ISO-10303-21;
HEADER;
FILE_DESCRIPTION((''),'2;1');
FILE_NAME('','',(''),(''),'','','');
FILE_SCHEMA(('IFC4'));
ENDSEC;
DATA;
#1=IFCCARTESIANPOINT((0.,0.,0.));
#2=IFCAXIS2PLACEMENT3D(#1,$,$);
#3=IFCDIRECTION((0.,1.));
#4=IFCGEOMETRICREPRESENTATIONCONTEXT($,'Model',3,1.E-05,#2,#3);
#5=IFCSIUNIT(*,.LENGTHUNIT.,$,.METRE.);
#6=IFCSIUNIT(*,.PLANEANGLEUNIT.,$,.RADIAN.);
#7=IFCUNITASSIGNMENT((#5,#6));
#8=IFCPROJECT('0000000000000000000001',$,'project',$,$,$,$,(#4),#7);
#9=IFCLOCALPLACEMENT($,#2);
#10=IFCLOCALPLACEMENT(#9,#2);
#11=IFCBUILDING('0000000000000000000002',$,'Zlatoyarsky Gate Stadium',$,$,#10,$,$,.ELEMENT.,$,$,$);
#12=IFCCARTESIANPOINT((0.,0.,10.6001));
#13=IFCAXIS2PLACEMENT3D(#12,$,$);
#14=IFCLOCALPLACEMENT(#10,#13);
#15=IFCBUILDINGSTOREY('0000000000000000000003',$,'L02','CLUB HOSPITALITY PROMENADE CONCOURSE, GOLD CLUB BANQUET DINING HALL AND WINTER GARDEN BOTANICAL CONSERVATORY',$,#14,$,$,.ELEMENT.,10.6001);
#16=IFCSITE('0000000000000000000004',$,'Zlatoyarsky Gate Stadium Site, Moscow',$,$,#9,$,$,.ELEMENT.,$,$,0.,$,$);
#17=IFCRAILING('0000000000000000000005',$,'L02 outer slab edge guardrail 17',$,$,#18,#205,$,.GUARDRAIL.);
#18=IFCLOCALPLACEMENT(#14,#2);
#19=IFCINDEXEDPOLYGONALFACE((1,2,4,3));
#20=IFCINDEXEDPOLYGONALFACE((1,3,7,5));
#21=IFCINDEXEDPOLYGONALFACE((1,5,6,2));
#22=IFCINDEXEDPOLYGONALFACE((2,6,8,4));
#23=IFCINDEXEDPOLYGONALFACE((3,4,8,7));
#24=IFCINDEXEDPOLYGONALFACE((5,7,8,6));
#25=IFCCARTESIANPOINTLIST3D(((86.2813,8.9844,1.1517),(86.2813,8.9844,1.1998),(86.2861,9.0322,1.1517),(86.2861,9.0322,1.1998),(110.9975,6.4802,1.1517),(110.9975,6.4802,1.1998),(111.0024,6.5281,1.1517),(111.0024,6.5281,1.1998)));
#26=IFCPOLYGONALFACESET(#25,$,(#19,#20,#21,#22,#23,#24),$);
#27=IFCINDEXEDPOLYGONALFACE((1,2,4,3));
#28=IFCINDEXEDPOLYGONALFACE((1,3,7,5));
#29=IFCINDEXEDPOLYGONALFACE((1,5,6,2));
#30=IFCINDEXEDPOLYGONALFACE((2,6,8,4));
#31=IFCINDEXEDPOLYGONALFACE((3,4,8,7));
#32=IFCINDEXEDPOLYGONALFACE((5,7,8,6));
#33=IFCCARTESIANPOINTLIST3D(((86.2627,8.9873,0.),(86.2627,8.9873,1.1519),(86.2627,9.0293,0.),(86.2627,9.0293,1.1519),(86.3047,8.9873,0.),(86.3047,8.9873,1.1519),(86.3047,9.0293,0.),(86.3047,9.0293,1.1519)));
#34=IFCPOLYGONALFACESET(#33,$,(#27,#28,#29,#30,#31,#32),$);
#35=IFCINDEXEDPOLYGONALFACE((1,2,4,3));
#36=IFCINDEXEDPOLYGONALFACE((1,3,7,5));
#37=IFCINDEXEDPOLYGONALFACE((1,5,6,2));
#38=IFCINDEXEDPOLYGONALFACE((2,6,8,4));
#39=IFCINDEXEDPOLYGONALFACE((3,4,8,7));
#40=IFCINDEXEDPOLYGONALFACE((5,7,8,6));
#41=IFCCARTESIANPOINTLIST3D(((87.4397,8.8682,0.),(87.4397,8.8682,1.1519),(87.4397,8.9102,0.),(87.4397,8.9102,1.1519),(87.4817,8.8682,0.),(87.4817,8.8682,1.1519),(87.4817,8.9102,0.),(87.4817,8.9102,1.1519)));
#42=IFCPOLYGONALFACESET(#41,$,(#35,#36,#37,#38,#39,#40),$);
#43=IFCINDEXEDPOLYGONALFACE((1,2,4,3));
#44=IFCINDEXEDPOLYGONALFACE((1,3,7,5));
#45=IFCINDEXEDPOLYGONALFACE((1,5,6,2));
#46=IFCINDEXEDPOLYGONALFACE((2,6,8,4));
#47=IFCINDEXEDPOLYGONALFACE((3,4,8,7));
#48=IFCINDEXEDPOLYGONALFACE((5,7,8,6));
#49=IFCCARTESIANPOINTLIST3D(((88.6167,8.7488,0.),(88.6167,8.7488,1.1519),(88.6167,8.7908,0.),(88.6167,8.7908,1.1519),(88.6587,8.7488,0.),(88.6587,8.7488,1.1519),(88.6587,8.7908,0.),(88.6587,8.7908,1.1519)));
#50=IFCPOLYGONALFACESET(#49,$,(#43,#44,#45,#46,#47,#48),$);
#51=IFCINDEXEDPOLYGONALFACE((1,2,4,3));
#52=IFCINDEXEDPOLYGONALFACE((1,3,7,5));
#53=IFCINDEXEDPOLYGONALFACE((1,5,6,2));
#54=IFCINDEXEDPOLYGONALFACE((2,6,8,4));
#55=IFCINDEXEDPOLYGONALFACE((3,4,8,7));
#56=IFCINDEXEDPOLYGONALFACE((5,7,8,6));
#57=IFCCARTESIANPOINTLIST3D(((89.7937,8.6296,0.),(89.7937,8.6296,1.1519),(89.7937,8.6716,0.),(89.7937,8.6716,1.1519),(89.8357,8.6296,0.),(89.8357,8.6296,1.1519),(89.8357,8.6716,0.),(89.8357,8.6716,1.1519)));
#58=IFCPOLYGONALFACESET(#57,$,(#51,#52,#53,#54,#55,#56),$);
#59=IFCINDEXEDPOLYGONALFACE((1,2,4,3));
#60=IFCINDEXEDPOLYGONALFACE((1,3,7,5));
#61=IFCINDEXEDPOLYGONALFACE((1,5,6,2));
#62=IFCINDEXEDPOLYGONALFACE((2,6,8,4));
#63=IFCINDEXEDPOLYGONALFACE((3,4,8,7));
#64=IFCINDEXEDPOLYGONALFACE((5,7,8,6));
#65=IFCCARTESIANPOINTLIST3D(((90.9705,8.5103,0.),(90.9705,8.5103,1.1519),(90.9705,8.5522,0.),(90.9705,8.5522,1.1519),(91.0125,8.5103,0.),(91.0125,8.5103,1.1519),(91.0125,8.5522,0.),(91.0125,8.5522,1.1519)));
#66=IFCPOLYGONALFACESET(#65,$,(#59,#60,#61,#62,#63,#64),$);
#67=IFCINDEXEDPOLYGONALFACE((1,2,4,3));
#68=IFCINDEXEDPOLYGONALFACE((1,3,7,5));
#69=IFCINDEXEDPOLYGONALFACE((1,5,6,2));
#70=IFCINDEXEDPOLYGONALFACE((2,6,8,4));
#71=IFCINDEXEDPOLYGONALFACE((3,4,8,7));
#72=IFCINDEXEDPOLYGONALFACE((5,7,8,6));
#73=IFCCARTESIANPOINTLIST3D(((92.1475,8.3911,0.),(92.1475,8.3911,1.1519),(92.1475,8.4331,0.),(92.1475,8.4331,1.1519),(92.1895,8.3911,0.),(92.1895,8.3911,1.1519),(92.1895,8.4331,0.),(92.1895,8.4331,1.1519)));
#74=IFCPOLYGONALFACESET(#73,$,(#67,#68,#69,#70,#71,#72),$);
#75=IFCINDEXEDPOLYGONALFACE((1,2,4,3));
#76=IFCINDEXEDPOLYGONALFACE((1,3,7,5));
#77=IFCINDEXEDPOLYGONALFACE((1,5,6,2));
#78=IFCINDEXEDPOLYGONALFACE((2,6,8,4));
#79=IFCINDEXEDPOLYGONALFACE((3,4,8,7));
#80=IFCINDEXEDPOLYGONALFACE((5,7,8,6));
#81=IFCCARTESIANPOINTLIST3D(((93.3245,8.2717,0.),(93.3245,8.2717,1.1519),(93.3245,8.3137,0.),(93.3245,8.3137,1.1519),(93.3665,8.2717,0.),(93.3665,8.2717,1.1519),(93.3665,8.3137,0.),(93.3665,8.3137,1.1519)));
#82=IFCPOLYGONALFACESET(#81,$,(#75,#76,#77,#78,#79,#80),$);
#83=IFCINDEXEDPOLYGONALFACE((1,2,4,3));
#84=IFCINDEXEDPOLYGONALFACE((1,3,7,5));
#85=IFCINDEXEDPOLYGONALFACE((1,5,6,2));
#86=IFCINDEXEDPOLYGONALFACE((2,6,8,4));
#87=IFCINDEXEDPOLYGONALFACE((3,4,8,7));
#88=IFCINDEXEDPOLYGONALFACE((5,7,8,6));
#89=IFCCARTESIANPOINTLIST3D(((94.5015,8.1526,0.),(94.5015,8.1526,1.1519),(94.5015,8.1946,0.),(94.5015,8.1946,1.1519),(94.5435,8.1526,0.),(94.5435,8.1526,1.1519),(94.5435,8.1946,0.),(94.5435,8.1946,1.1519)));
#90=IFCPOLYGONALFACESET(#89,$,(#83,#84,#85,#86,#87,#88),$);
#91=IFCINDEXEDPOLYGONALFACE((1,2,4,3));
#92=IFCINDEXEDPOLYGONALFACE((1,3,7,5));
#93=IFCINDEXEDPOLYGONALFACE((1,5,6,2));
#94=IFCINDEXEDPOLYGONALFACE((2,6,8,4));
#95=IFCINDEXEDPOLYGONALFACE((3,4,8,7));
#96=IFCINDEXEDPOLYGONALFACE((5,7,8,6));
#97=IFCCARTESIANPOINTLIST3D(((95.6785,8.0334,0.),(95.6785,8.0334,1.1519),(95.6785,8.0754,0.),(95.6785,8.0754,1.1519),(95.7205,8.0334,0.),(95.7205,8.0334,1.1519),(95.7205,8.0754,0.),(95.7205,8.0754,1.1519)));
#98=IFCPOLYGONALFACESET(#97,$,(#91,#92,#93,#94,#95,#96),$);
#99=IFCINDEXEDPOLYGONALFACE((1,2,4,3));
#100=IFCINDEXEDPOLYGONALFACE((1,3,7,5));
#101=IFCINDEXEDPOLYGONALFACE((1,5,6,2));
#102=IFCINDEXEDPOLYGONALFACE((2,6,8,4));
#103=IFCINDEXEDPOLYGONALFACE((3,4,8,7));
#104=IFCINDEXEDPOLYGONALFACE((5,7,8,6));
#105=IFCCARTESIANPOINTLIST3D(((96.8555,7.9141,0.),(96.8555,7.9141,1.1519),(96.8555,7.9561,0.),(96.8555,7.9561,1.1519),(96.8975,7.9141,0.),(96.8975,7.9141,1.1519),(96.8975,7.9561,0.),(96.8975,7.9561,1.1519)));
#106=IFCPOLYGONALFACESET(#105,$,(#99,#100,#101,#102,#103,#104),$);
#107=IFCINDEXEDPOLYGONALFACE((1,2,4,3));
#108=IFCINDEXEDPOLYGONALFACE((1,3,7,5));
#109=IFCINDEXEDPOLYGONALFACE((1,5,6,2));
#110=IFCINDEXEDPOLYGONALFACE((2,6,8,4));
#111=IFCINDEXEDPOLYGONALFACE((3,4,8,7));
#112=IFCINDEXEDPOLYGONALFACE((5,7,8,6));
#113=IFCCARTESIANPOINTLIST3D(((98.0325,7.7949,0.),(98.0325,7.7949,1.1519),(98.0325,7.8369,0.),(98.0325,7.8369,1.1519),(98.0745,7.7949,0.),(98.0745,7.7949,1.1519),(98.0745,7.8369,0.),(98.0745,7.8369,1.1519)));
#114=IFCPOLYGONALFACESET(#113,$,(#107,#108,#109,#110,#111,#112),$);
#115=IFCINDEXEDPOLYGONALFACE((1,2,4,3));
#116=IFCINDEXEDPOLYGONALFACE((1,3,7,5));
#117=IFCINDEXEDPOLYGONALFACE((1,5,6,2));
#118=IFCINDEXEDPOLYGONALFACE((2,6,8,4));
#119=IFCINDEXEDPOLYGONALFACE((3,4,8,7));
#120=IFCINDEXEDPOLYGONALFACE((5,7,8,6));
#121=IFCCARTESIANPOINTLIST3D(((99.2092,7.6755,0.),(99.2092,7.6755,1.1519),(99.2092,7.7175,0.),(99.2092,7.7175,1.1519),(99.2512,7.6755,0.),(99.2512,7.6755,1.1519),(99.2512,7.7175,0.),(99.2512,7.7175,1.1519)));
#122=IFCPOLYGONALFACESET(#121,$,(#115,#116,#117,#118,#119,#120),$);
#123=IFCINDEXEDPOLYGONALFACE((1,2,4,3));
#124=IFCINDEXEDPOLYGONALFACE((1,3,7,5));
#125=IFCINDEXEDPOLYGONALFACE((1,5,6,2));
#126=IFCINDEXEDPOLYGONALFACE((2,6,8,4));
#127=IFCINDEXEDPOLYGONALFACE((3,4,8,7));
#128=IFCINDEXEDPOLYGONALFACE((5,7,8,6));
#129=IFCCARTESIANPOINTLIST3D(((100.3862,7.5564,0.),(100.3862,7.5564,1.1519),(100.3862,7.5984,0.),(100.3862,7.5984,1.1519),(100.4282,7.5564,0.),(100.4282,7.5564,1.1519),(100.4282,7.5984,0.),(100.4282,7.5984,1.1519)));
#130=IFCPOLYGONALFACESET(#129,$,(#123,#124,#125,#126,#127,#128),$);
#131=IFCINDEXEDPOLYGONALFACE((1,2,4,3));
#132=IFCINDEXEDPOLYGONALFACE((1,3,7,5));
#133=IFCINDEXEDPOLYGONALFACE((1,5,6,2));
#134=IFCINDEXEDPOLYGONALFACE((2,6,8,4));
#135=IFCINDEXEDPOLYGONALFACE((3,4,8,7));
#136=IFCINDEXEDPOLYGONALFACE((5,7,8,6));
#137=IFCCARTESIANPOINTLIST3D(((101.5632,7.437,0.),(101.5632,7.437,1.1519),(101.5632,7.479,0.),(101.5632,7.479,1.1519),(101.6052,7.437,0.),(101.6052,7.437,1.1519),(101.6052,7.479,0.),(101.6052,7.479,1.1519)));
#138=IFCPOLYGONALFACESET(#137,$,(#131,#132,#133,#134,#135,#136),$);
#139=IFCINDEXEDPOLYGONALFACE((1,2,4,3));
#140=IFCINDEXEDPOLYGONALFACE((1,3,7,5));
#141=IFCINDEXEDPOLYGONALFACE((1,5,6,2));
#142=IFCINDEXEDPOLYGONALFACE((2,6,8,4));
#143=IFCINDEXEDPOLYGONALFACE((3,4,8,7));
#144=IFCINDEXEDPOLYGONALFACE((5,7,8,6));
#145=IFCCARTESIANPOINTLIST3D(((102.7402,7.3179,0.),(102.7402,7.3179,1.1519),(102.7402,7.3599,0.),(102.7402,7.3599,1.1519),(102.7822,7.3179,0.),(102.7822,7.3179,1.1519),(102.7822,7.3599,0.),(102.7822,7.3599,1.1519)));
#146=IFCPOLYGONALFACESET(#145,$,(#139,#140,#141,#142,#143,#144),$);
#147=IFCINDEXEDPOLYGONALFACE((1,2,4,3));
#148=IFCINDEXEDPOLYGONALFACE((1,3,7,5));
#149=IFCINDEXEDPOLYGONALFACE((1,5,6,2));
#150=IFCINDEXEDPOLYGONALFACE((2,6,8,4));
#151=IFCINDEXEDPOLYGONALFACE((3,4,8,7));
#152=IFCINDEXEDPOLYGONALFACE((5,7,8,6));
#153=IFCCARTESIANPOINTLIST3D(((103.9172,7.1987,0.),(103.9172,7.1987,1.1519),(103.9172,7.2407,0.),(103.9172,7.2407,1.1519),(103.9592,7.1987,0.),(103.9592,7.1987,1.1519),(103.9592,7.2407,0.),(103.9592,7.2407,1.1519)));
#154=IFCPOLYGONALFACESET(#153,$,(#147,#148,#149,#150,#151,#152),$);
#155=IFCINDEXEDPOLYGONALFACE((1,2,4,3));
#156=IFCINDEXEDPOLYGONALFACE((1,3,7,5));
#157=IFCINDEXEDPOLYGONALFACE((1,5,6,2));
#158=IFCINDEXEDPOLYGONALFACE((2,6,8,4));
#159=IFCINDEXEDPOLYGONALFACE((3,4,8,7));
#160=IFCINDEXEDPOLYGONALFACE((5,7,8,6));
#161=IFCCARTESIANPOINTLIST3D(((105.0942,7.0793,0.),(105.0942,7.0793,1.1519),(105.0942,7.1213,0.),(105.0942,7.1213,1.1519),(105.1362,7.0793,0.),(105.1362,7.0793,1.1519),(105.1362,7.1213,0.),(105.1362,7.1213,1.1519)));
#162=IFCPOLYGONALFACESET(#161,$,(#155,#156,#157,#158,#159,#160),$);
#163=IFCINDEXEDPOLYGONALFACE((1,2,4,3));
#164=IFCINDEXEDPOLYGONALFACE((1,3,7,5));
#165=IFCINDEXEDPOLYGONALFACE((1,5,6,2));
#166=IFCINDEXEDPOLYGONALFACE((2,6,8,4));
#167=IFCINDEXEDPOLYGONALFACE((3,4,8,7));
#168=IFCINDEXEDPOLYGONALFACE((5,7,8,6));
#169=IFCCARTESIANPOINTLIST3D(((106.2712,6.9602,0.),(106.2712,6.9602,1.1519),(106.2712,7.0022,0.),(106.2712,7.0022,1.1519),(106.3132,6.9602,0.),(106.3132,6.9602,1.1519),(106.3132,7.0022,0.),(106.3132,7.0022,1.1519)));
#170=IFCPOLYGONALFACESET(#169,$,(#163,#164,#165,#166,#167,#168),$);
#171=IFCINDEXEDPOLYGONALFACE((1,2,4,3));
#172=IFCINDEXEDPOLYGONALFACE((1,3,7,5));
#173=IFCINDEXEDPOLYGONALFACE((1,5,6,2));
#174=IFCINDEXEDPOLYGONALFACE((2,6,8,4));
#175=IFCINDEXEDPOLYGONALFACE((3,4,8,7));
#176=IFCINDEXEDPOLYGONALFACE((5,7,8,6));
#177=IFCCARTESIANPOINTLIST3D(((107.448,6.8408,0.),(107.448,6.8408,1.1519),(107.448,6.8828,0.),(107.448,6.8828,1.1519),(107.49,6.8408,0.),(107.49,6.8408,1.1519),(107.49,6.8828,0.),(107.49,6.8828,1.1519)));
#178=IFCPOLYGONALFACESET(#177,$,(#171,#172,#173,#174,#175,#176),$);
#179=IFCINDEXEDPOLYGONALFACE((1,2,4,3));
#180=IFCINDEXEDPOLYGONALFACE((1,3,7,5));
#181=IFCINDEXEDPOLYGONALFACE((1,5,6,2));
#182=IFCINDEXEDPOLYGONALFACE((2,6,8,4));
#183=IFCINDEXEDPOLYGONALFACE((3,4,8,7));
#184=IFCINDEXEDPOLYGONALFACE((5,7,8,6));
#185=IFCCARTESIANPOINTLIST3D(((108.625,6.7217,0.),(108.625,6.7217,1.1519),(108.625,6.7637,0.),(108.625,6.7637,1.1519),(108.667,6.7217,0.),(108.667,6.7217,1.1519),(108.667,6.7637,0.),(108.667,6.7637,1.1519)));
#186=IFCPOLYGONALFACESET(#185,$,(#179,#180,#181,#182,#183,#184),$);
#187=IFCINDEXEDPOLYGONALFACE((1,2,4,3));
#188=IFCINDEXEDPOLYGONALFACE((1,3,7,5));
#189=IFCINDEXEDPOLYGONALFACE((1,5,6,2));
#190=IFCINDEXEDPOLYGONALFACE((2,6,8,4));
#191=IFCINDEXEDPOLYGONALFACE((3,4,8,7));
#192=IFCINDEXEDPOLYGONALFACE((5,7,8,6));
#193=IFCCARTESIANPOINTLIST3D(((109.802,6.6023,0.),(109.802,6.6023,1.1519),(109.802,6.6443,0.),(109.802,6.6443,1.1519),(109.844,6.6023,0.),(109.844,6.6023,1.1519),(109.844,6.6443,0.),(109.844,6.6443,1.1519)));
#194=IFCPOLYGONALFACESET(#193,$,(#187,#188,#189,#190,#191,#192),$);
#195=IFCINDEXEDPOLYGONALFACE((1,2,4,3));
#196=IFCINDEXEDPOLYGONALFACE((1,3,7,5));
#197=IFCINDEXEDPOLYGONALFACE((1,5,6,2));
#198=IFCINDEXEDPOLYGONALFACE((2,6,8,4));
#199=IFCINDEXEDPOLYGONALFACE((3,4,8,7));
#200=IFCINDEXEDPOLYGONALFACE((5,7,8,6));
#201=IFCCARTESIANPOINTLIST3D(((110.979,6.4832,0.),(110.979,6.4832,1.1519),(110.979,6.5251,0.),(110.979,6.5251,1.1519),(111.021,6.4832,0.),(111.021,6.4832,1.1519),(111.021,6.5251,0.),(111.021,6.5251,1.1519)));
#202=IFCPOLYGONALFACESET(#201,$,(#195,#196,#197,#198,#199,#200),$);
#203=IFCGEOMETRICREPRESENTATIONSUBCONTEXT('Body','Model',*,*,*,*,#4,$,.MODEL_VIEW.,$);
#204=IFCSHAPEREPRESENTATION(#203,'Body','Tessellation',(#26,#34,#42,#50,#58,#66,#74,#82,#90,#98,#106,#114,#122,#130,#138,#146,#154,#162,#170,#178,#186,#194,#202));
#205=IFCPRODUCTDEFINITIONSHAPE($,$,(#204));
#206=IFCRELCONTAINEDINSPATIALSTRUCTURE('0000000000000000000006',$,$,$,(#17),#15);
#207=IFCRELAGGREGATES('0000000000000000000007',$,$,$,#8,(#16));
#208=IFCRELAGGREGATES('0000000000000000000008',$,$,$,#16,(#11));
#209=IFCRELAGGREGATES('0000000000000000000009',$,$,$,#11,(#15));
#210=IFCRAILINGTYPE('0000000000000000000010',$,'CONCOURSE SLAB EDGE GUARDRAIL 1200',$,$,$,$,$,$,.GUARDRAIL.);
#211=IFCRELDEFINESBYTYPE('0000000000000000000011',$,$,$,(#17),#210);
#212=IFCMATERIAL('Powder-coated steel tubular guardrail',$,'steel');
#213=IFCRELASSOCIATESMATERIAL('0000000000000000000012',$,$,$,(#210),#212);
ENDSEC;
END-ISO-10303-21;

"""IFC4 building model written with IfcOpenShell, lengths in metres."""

from ifc_helpers import new_model, si_unit, direction, frame, origin, origin_2d, place, context, subcontext, project, spatial, rectangle, extrude, material, type_object, element, save


model = new_model("IFC4")

# Units and contexts
model_context = context("Model", 3, precision=1e-05, world=origin(), true_north=direction((0.0, 1.0)))
body_context = subcontext(model_context, "Body", "Model", "MODEL_VIEW")
ifc_project = project(units=[si_unit("LENGTHUNIT", "METRE"), si_unit("PLANEANGLEUNIT", "RADIAN")], contexts=[model_context])

# Site, building, storey
site_placement = place(None, origin())
site = spatial("IfcSite", under=ifc_project, at=site_placement, Name="Zlatoyarsky Gate Stadium Site, Moscow", CompositionType="ELEMENT", RefElevation=0.0)
building_placement = place(site_placement, origin())
building = spatial("IfcBuilding", under=site, at=building_placement, Name="Zlatoyarsky Gate Stadium", CompositionType="ELEMENT")
storey_placement = place(building_placement, frame((0.0, 0.0, 10.6001)))
storey = spatial("IfcBuildingStorey", under=building, at=storey_placement, Name="L02", Description="CLUB HOSPITALITY PROMENADE CONCOURSE, GOLD CLUB BANQUET DINING HALL AND WINTER GARDEN BOTANICAL CONSERVATORY", CompositionType="ELEMENT", Elevation=10.6001)

# Railing
ifc_material_1 = material(Name="Powder-coated steel tubular guardrail", Category="steel")
railing_type = type_object("IfcRailingType", Name="CONCOURSE SLAB EDGE GUARDRAIL 1200", PredefinedType="GUARDRAIL", material=ifc_material_1)
railing_placement = place(storey_placement, frame((86.2837, 9.0083, 0.0)))
element("IfcRailing", 1, at=railing_placement, inside=storey, type_object=railing_type, Name="L02 outer slab edge guardrail 17", PredefinedType="GUARDRAIL", context=body_context, shape_type="SweptSolid", body=[
    extrude(rectangle(XDim=0.0481, YDim=0.0481, at=origin_2d()), frame((0.0, 0.0, 1.1758), z_axis=(0.994907, -0.1008, 0.0), x_axis=(0.1008, 0.994907, 0.0)), (0.0, 0.0, 1.0), 24.8428),
    extrude(rectangle(XDim=0.042, YDim=0.042, at=origin_2d()), origin(), (0.0, 0.0, 1.0), 1.1519),
    extrude(rectangle(XDim=0.042, YDim=0.042, at=origin_2d()), frame((1.177, -0.1191, 0.0)), (0.0, 0.0, 1.0), 1.1519),
    extrude(rectangle(XDim=0.042, YDim=0.042, at=origin_2d()), frame((2.354, -0.2385, 0.0)), (0.0, 0.0, 1.0), 1.1519),
    extrude(rectangle(XDim=0.042, YDim=0.042, at=origin_2d()), frame((3.531, -0.3577, 0.0)), (0.0, 0.0, 1.0), 1.1519),
    extrude(rectangle(XDim=0.042, YDim=0.042, at=origin_2d()), frame((4.7078, -0.4771, 0.0)), (0.0, 0.0, 1.0), 1.1519),
    extrude(rectangle(XDim=0.042, YDim=0.042, at=origin_2d()), frame((5.8848, -0.5962, 0.0)), (0.0, 0.0, 1.0), 1.1519),
    extrude(rectangle(XDim=0.042, YDim=0.042, at=origin_2d()), frame((7.0618, -0.7156, 0.0)), (0.0, 0.0, 1.0), 1.1519),
    extrude(rectangle(XDim=0.042, YDim=0.042, at=origin_2d()), frame((8.2388, -0.8347, 0.0)), (0.0, 0.0, 1.0), 1.1519),
    extrude(rectangle(XDim=0.042, YDim=0.042, at=origin_2d()), frame((9.4158, -0.9539, 0.0)), (0.0, 0.0, 1.0), 1.1519),
    extrude(rectangle(XDim=0.042, YDim=0.042, at=origin_2d()), frame((10.5928, -1.0732, 0.0)), (0.0, 0.0, 1.0), 1.1519),
    extrude(rectangle(XDim=0.042, YDim=0.042, at=origin_2d()), frame((11.7698, -1.1924, 0.0)), (0.0, 0.0, 1.0), 1.1519),
    extrude(rectangle(XDim=0.042, YDim=0.042, at=origin_2d()), frame((12.9465, -1.3118, 0.0)), (0.0, 0.0, 1.0), 1.1519),
    extrude(rectangle(XDim=0.042, YDim=0.042, at=origin_2d()), frame((14.1235, -1.4309, 0.0)), (0.0, 0.0, 1.0), 1.1519),
    extrude(rectangle(XDim=0.042, YDim=0.042, at=origin_2d()), frame((15.3005, -1.5503, 0.0)), (0.0, 0.0, 1.0), 1.1519),
    extrude(rectangle(XDim=0.042, YDim=0.042, at=origin_2d()), frame((16.4775, -1.6694, 0.0)), (0.0, 0.0, 1.0), 1.1519),
    extrude(rectangle(XDim=0.042, YDim=0.042, at=origin_2d()), frame((17.6545, -1.7886, 0.0)), (0.0, 0.0, 1.0), 1.1519),
    extrude(rectangle(XDim=0.042, YDim=0.042, at=origin_2d()), frame((18.8315, -1.908, 0.0)), (0.0, 0.0, 1.0), 1.1519),
    extrude(rectangle(XDim=0.042, YDim=0.042, at=origin_2d()), frame((20.0085, -2.0271, 0.0)), (0.0, 0.0, 1.0), 1.1519),
    extrude(rectangle(XDim=0.042, YDim=0.042, at=origin_2d()), frame((21.1853, -2.1465, 0.0)), (0.0, 0.0, 1.0), 1.1519),
    extrude(rectangle(XDim=0.042, YDim=0.042, at=origin_2d()), frame((22.3623, -2.2656, 0.0)), (0.0, 0.0, 1.0), 1.1519),
    extrude(rectangle(XDim=0.042, YDim=0.042, at=origin_2d()), frame((23.5393, -2.385, 0.0)), (0.0, 0.0, 1.0), 1.1519),
    extrude(rectangle(XDim=0.042, YDim=0.042, at=origin_2d()), frame((24.7163, -2.5042, 0.0)), (0.0, 0.0, 1.0), 1.1519),
])

save(model, "model.ifc")
